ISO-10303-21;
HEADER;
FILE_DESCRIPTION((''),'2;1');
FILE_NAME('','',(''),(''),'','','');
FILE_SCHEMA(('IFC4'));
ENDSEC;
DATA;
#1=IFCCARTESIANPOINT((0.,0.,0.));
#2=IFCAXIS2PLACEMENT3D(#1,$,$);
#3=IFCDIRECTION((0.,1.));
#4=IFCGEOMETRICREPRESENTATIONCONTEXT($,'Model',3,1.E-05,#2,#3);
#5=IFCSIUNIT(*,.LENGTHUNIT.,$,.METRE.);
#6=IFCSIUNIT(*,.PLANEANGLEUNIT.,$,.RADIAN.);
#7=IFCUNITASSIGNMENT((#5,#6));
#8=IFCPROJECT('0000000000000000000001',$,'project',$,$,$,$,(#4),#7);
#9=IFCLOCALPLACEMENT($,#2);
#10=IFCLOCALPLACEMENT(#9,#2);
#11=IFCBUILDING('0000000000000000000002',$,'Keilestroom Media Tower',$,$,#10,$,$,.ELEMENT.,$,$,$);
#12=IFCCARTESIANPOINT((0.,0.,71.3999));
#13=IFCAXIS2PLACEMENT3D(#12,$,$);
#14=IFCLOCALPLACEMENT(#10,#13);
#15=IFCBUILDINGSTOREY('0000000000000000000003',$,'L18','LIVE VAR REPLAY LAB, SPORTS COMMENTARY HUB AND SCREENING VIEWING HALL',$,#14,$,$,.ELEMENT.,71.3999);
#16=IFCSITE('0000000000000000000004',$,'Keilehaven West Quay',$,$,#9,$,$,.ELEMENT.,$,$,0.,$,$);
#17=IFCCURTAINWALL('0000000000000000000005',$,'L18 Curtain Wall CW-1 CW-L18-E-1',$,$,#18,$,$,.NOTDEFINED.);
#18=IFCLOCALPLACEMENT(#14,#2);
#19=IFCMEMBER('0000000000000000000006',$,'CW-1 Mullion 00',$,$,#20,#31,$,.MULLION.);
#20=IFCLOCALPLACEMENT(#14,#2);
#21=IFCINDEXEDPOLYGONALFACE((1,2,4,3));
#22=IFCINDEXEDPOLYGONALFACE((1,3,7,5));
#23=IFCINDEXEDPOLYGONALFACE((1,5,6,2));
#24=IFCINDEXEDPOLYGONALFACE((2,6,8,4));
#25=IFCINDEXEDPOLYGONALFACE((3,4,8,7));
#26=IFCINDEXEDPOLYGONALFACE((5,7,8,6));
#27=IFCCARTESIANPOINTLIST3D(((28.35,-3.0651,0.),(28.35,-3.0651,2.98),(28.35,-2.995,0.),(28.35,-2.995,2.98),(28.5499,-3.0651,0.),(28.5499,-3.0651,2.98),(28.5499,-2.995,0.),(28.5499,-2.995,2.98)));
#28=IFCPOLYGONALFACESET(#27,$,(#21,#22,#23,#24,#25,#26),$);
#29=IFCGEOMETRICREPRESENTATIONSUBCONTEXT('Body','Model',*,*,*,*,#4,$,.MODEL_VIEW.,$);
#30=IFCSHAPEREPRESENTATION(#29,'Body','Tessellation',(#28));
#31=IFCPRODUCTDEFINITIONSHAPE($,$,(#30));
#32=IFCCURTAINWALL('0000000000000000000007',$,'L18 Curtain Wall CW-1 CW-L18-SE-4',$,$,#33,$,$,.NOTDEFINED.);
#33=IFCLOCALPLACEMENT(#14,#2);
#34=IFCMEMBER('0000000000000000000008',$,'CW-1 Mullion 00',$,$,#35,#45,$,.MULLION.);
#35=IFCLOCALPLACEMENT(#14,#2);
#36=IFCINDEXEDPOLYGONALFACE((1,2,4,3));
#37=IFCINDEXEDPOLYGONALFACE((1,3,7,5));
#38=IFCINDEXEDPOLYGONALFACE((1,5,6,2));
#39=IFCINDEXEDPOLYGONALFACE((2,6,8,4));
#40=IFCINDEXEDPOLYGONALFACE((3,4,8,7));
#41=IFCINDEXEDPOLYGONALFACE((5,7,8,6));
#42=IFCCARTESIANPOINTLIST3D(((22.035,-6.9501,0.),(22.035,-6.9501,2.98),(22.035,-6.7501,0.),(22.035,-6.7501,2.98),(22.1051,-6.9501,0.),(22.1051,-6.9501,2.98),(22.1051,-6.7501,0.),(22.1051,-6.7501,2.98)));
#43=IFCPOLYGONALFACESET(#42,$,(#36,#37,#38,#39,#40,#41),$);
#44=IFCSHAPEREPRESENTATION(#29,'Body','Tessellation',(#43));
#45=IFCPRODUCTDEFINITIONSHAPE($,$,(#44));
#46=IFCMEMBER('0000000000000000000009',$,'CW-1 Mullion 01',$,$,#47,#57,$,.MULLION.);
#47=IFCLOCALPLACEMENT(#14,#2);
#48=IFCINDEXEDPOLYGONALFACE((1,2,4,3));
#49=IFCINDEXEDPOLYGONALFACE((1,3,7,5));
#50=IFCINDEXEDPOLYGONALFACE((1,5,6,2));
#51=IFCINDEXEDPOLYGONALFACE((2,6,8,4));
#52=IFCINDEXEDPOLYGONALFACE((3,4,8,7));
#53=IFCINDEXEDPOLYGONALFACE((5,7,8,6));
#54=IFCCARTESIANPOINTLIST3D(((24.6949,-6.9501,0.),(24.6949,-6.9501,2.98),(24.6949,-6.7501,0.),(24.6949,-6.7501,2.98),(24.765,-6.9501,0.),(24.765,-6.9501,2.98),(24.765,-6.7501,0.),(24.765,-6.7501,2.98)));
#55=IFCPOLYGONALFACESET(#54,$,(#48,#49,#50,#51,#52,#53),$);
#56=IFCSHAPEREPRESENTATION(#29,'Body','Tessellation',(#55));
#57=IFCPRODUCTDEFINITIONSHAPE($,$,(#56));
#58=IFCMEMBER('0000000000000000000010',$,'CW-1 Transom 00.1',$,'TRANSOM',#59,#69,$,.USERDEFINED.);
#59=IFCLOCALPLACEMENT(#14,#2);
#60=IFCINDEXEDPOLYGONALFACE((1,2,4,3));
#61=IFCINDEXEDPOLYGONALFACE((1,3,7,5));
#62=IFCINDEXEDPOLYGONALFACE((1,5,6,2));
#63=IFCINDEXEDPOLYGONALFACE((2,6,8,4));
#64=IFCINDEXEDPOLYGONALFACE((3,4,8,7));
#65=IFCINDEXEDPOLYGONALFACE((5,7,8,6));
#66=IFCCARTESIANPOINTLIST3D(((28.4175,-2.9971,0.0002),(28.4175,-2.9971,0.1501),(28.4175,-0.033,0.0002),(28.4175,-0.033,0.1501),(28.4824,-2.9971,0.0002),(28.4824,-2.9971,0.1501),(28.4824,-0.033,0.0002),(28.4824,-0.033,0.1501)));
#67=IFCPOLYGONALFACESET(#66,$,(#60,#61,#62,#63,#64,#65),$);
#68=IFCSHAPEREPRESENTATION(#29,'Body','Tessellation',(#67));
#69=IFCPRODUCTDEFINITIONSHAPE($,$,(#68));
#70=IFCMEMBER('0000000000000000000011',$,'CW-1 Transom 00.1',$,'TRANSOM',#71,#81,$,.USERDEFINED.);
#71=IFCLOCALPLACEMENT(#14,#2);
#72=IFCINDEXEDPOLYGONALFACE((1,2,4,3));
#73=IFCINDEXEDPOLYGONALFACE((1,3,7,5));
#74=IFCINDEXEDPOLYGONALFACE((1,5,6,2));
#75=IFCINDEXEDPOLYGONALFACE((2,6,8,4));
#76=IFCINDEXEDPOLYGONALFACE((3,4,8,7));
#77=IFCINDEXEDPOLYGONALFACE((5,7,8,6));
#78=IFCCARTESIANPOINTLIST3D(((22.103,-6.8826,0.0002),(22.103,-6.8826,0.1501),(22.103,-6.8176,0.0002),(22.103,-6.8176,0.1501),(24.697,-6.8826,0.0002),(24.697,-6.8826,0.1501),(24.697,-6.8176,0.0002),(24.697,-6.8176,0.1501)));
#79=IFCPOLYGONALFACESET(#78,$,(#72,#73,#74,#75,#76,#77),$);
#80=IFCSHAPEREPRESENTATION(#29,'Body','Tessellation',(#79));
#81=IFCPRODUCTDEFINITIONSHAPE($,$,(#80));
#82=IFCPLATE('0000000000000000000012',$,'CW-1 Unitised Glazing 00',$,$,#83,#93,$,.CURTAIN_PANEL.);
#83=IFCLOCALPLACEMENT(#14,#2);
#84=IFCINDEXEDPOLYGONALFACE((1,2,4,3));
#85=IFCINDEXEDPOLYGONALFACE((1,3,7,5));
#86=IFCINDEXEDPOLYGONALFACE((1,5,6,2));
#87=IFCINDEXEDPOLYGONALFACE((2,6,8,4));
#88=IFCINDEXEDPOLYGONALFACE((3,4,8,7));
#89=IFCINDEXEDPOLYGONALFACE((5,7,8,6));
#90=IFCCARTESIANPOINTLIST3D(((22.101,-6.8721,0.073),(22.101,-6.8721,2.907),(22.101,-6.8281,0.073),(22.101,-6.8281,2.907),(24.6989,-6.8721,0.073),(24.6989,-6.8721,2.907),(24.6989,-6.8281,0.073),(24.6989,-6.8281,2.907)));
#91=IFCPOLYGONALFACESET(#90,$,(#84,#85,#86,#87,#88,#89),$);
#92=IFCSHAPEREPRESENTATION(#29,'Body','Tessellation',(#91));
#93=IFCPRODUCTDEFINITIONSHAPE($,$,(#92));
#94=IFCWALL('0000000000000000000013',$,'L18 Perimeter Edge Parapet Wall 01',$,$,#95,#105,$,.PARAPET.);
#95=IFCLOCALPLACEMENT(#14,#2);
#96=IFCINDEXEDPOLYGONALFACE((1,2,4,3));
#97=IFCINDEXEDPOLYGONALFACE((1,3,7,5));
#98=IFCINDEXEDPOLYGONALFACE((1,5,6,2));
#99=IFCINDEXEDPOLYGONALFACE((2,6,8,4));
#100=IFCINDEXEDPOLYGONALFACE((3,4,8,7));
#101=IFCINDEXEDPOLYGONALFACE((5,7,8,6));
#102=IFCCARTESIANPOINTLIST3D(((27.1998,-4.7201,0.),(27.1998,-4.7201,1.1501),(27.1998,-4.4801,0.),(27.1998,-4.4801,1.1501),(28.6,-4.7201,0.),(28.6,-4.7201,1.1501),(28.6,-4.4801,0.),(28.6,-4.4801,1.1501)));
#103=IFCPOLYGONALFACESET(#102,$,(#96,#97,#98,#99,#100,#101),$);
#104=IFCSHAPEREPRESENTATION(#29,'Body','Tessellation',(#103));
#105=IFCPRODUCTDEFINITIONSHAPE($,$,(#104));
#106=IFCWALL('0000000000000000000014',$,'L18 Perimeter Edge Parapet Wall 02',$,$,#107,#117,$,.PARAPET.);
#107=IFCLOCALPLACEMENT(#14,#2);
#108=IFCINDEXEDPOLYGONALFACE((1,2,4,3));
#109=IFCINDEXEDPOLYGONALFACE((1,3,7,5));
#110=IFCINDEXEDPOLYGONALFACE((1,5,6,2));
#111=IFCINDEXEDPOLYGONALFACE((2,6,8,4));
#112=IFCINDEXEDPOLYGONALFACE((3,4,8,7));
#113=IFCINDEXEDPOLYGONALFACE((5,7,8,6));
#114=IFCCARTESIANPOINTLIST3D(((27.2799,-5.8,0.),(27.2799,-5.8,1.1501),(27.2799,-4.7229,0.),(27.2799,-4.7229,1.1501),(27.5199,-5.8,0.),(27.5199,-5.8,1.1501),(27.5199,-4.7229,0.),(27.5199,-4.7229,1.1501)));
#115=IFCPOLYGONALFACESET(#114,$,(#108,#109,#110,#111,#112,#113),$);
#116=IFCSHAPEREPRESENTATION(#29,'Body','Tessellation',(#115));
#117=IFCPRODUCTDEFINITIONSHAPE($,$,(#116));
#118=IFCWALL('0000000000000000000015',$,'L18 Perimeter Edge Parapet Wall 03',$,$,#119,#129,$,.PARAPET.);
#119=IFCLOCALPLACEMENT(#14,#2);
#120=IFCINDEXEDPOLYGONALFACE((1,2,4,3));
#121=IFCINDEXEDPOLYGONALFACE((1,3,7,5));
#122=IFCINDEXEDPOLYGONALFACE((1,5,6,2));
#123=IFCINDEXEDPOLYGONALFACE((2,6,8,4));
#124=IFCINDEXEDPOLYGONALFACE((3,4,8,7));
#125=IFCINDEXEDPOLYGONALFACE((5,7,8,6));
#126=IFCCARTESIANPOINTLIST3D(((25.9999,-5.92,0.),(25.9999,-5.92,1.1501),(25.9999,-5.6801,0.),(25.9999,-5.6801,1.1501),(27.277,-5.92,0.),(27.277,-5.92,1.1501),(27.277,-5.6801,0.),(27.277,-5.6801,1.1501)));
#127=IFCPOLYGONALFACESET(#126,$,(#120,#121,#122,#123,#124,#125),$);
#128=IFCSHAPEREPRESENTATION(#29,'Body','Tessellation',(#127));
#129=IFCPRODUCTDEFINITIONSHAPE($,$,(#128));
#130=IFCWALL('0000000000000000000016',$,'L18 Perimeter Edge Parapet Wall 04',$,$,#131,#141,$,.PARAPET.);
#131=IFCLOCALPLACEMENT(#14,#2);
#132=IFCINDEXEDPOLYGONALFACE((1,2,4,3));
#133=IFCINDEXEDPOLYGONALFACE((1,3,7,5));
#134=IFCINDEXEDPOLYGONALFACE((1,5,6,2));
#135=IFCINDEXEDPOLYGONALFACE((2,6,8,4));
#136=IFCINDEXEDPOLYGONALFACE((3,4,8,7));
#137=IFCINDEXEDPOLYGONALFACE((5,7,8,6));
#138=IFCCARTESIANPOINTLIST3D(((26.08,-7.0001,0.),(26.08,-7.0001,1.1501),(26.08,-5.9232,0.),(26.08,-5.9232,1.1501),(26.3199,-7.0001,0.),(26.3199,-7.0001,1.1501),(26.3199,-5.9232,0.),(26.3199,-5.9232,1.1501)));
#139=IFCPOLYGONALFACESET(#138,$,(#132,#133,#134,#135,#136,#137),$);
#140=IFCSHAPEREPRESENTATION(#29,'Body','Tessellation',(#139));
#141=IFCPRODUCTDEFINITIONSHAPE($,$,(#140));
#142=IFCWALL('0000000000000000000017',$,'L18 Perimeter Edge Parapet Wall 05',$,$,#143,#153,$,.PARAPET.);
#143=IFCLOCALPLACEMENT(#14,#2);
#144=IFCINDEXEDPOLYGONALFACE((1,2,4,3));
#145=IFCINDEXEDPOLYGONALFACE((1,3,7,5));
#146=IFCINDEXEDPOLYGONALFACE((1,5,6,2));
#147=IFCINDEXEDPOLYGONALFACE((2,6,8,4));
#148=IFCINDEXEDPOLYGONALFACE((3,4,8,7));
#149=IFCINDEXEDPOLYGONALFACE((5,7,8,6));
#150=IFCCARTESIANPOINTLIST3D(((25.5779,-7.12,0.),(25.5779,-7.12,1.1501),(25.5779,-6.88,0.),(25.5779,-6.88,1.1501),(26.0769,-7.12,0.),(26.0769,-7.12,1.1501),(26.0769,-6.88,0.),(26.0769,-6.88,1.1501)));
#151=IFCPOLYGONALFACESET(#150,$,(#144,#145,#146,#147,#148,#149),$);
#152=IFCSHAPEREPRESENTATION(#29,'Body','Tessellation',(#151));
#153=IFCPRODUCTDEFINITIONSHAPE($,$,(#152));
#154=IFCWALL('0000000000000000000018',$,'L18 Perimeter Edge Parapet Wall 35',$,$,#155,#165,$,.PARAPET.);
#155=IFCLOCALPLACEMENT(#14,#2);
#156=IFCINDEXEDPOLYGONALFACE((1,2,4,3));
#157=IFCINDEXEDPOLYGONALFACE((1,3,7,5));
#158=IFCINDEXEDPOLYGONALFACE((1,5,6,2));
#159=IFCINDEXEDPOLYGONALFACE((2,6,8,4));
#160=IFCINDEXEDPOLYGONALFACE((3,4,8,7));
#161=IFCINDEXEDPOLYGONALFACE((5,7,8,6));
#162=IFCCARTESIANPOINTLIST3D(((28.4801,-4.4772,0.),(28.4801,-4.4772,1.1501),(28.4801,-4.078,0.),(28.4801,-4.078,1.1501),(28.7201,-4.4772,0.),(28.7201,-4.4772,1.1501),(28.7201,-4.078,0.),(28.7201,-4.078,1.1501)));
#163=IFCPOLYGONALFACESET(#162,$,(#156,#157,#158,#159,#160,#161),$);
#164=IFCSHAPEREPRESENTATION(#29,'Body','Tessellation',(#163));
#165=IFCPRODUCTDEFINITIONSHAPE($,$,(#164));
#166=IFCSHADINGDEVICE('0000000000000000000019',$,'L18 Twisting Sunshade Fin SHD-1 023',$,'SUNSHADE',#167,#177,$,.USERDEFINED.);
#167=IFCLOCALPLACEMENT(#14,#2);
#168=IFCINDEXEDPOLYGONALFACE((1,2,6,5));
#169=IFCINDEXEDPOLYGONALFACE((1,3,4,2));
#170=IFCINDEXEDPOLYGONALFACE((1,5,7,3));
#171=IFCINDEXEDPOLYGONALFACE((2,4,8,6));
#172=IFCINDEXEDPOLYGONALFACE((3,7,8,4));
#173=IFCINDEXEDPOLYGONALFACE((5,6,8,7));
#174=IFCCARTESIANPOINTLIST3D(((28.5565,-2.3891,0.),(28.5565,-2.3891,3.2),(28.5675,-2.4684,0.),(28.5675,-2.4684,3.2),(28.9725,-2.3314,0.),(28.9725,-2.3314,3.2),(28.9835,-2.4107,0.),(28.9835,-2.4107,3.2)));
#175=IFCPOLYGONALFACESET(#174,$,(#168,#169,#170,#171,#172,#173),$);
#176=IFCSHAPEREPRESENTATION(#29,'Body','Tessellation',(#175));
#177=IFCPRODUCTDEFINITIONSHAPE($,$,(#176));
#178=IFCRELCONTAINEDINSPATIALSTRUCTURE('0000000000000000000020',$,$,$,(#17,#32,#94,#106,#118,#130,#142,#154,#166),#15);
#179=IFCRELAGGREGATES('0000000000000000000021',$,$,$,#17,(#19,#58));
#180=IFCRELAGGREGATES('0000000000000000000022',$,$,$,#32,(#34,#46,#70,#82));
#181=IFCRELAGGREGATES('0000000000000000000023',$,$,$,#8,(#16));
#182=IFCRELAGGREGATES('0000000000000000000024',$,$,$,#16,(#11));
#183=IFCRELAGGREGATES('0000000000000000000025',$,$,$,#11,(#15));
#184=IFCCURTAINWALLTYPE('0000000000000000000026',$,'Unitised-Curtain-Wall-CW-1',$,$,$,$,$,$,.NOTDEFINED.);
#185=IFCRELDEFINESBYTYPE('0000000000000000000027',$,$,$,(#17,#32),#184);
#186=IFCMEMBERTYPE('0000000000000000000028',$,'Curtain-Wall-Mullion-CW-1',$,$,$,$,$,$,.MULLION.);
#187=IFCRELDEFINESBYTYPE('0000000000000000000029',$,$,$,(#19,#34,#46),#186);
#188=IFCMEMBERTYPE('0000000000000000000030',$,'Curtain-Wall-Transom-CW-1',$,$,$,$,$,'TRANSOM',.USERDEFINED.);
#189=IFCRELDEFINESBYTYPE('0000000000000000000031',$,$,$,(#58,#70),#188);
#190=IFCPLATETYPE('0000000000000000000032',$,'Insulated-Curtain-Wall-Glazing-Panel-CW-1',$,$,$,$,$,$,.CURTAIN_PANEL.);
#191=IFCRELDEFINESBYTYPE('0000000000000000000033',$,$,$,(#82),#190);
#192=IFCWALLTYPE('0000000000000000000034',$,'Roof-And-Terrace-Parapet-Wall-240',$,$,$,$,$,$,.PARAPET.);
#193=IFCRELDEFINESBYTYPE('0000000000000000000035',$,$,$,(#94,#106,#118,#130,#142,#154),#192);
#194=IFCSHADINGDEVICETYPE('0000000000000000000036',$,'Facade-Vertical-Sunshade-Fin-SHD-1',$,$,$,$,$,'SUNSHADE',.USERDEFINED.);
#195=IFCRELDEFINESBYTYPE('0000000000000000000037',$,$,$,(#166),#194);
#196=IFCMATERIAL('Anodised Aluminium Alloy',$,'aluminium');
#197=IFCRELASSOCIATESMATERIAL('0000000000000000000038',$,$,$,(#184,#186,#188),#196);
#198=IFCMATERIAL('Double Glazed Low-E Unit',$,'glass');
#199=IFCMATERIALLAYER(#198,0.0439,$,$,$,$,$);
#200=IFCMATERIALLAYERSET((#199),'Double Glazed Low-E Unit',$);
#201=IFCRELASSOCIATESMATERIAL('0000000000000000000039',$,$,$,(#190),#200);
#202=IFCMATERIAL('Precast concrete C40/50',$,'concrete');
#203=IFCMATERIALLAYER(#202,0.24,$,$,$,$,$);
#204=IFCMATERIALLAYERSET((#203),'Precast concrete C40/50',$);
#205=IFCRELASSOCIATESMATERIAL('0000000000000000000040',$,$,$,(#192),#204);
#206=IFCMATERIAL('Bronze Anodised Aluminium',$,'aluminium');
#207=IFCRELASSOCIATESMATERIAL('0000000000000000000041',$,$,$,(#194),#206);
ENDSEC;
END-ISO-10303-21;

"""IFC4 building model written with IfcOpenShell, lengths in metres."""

from ifc_helpers import new_model, si_unit, direction, frame, frame_2d, origin, origin_2d, place, context, subcontext, project, spatial, rectangle, extrude, source, transform, mapped, material, layer, layer_set, material_profile, profile_set, type_object, element, aggregate, save


model = new_model("IFC4")

# Units and contexts
model_context = context("Model", 3, precision=1e-05, world=origin(), true_north=direction((0.0, 1.0)))
body_context = subcontext(model_context, "Body", "Model", "MODEL_VIEW")
ifc_project = project(units=[si_unit("LENGTHUNIT", "METRE"), si_unit("PLANEANGLEUNIT", "RADIAN")], contexts=[model_context])

# Site, building, storey
site_placement = place(None, origin())
site = spatial("IfcSite", under=ifc_project, at=site_placement, Name="Keilehaven West Quay", CompositionType="ELEMENT", RefElevation=0.0)
building_placement = place(site_placement, origin())
building = spatial("IfcBuilding", under=site, at=building_placement, Name="Keilestroom Media Tower", CompositionType="ELEMENT")
storey_placement = place(building_placement, frame((0.0, 0.0, 71.3999)))
storey = spatial("IfcBuildingStorey", under=building, at=storey_placement, Name="L18", Description="LIVE VAR REPLAY LAB, SPORTS COMMENTARY HUB AND SCREENING VIEWING HALL", CompositionType="ELEMENT", Elevation=71.3999)

# Shared definitions
ifc_material_1 = material(Name="Precast concrete C40/50", Category="concrete")

# Curtain wall, member
ifc_material_2 = material(Name="Anodised Aluminium Alloy", Category="aluminium")
curtain_wall_type = type_object("IfcCurtainWallType", Name="Unitised-Curtain-Wall-CW-1", PredefinedType="NOTDEFINED", material=ifc_material_2)
curtain_wall_1_placement = place(storey_placement, origin())
curtain_wall_1 = element("IfcCurtainWall", 1, at=curtain_wall_1_placement, inside=storey, type_object=curtain_wall_type, Name="L18 Curtain Wall CW-1 CW-L18-E-1", PredefinedType="NOTDEFINED")
ifc_material_profile_1 = material_profile(ifc_material_2, rectangle(XDim=0.0701, YDim=0.2, at=origin_2d()), Name="ALU MULLION 70x200")
ifc_profile_set_1 = profile_set([ifc_material_profile_1], Name="Anodised Aluminium Alloy")
member_type_1 = type_object("IfcMemberType", Name="Curtain-Wall-Mullion-CW-1", PredefinedType="MULLION", material=ifc_profile_set_1)
shared_shape_1 = source(origin(), body_context, "Body", "SweptSolid", [
    extrude(rectangle(XDim=0.0701, YDim=0.2, at=origin_2d()), origin(), (0.0, 0.0, 1.0), 2.98),
])
member_1_placement = place(storey_placement, frame((28.45, -3.03, 0.0), z_axis=(0.0, 0.0, 1.0), x_axis=(0.0, 1.0, 0.0)))
member_1 = element("IfcMember", 2, at=member_1_placement, type_object=member_type_1, Name="CW-1 Mullion 00", PredefinedType="MULLION", context=body_context, shape_type="MappedRepresentation", body=[
    mapped(shared_shape_1, transform((0.0, 0.0, 0.0), x_axis=(1.0, 0.0, 0.0), y_axis=(0.0, 1.0, 0.0), z_axis=(0.0, 0.0, 1.0), scale=1.0)),
])

# Curtain wall, members
curtain_wall_2_placement = place(storey_placement, origin())
curtain_wall_2 = element("IfcCurtainWall", 3, at=curtain_wall_2_placement, inside=storey, type_object=curtain_wall_type, Name="L18 Curtain Wall CW-1 CW-L18-SE-4", PredefinedType="NOTDEFINED")
member_2_placement = place(storey_placement, frame((22.0701, -6.8501, 0.0), z_axis=(0.0, 0.0, 1.0), x_axis=(1.0, 0.0, 0.0)))
member_2 = element("IfcMember", 4, at=member_2_placement, type_object=member_type_1, Name="CW-1 Mullion 00", PredefinedType="MULLION", context=body_context, shape_type="MappedRepresentation", body=[
    mapped(shared_shape_1, transform((0.0, 0.0, 0.0), x_axis=(1.0, 0.0, 0.0), y_axis=(0.0, 1.0, 0.0), z_axis=(0.0, 0.0, 1.0), scale=1.0)),
])
member_3_placement = place(storey_placement, frame((24.73, -6.8501, 0.0), z_axis=(0.0, 0.0, 1.0), x_axis=(1.0, 0.0, 0.0)))
member_3 = element("IfcMember", 5, at=member_3_placement, type_object=member_type_1, Name="CW-1 Mullion 01", PredefinedType="MULLION", context=body_context, shape_type="MappedRepresentation", body=[
    mapped(shared_shape_1, transform((0.0, 0.0, 0.0), x_axis=(1.0, 0.0, 0.0), y_axis=(0.0, 1.0, 0.0), z_axis=(0.0, 0.0, 1.0), scale=1.0)),
])

# Members
ifc_material_profile_2 = material_profile(ifc_material_2, rectangle(XDim=0.0649, YDim=0.1499, at=origin_2d()), Name="ALU TRANSOM 65x150")
ifc_profile_set_2 = profile_set([ifc_material_profile_2], Name="Anodised Aluminium Alloy")
member_type_2 = type_object("IfcMemberType", Name="Curtain-Wall-Transom-CW-1", ElementType="TRANSOM", PredefinedType="USERDEFINED", material=ifc_profile_set_2)
shared_shape_2 = source(origin(), body_context, "Body", "SweptSolid", [
    extrude(rectangle(XDim=0.0649, YDim=0.1499, at=origin_2d()), origin(), (0.0, 0.0, 1.0), 2.9641),
])
member_4_placement = place(storey_placement, frame((28.45, -2.9971, 0.0752), z_axis=(0.0, 1.0, 0.0), x_axis=(-1.0, 0.0, 0.0)))
member_4 = element("IfcMember", 6, at=member_4_placement, type_object=member_type_2, Name="CW-1 Transom 00.1", ObjectType="TRANSOM", PredefinedType="USERDEFINED", context=body_context, shape_type="MappedRepresentation", body=[
    mapped(shared_shape_2, transform((0.0, 0.0, 0.0), x_axis=(1.0, 0.0, 0.0), y_axis=(0.0, 1.0, 0.0), z_axis=(0.0, 0.0, 1.0), scale=1.0)),
])
aggregate(curtain_wall_1, [member_1, member_4])
shared_shape_3 = source(origin(), body_context, "Body", "SweptSolid", [
    extrude(rectangle(XDim=0.0649, YDim=0.1499, at=origin_2d()), origin(), (0.0, 0.0, 1.0), 2.594),
])
member_5_placement = place(storey_placement, frame((22.103, -6.8501, 0.0752), z_axis=(1.0, 0.0, 0.0), x_axis=(0.0, 1.0, 0.0)))
member_5 = element("IfcMember", 7, at=member_5_placement, type_object=member_type_2, Name="CW-1 Transom 00.1", ObjectType="TRANSOM", PredefinedType="USERDEFINED", context=body_context, shape_type="MappedRepresentation", body=[
    mapped(shared_shape_3, transform((0.0, 0.0, 0.0), x_axis=(1.0, 0.0, 0.0), y_axis=(0.0, 1.0, 0.0), z_axis=(0.0, 0.0, 1.0), scale=1.0)),
])

# Plate
ifc_material_3 = material(Name="Double Glazed Low-E Unit", Category="glass")
ifc_layer_1 = layer(ifc_material_3, 0.0439)
ifc_layer_set_1 = layer_set([ifc_layer_1], Name="Double Glazed Low-E Unit")
plate_type = type_object("IfcPlateType", Name="Insulated-Curtain-Wall-Glazing-Panel-CW-1", PredefinedType="CURTAIN_PANEL", material=ifc_layer_set_1)
shared_shape_4 = source(origin(), body_context, "Body", "SweptSolid", [
    extrude(rectangle(XDim=2.5979, YDim=0.0439, at=origin_2d()), origin(), (0.0, 0.0, 1.0), 2.834),
])
plate_placement = place(storey_placement, frame((23.3999, -6.8501, 0.073), z_axis=(0.0, 0.0, 1.0), x_axis=(1.0, 0.0, 0.0)))
plate = element("IfcPlate", 8, at=plate_placement, type_object=plate_type, Name="CW-1 Unitised Glazing 00", PredefinedType="CURTAIN_PANEL", context=body_context, shape_type="MappedRepresentation", body=[
    mapped(shared_shape_4, transform((0.0, 0.0, 0.0), x_axis=(1.0, 0.0, 0.0), y_axis=(0.0, 1.0, 0.0), z_axis=(0.0, 0.0, 1.0), scale=1.0)),
])
aggregate(curtain_wall_2, [member_2, member_3, member_5, plate])

# Walls
ifc_layer_2 = layer(ifc_material_1, 0.24)
ifc_layer_set_2 = layer_set([ifc_layer_2], Name="Precast concrete C40/50")
wall_type = type_object("IfcWallType", Name="Roof-And-Terrace-Parapet-Wall-240", PredefinedType="PARAPET", material=ifc_layer_set_2)
wall_1_placement = place(storey_placement, frame((28.6001, -4.6001, 0.0), z_axis=(0.0, 0.0, 1.0), x_axis=(-1.0, 0.0, 0.0)))
element("IfcWall", 9, at=wall_1_placement, inside=storey, type_object=wall_type, Name="L18 Perimeter Edge Parapet Wall 01", PredefinedType="PARAPET", context=body_context, shape_type="SweptSolid", body=[
    extrude(rectangle(XDim=1.4001, YDim=0.24, at=frame_2d((0.7002, 0.0))), origin(), (0.0, 0.0, 1.0), 1.1501),
])
wall_2_placement = place(storey_placement, frame((27.3999, -4.7229, 0.0), z_axis=(0.0, 0.0, 1.0), x_axis=(0.0, -1.0, 0.0)))
element("IfcWall", 10, at=wall_2_placement, inside=storey, type_object=wall_type, Name="L18 Perimeter Edge Parapet Wall 02", PredefinedType="PARAPET", context=body_context, shape_type="SweptSolid", body=[
    extrude(rectangle(XDim=1.0771, YDim=0.24, at=frame_2d((0.5386, 0.0))), origin(), (0.0, 0.0, 1.0), 1.1501),
])
wall_3_placement = place(storey_placement, frame((27.2771, -5.8, 0.0), z_axis=(0.0, 0.0, 1.0), x_axis=(-1.0, 0.0, 0.0)))
element("IfcWall", 11, at=wall_3_placement, inside=storey, type_object=wall_type, Name="L18 Perimeter Edge Parapet Wall 03", PredefinedType="PARAPET", context=body_context, shape_type="SweptSolid", body=[
    extrude(rectangle(XDim=1.2771, YDim=0.24, at=frame_2d((0.6387, 0.0))), origin(), (0.0, 0.0, 1.0), 1.1501),
])
wall_4_placement = place(storey_placement, frame((26.2, -5.9231, 0.0), z_axis=(0.0, 0.0, 1.0), x_axis=(0.0, -1.0, 0.0)))
element("IfcWall", 12, at=wall_4_placement, inside=storey, type_object=wall_type, Name="L18 Perimeter Edge Parapet Wall 04", PredefinedType="PARAPET", context=body_context, shape_type="SweptSolid", body=[
    extrude(rectangle(XDim=1.0769, YDim=0.24, at=frame_2d((0.5386, 0.0))), origin(), (0.0, 0.0, 1.0), 1.1501),
])
wall_5_placement = place(storey_placement, frame((26.0769, -7.0, 0.0), z_axis=(0.0, 0.0, 1.0), x_axis=(-1.0, 0.0, 0.0)))
element("IfcWall", 13, at=wall_5_placement, inside=storey, type_object=wall_type, Name="L18 Perimeter Edge Parapet Wall 05", PredefinedType="PARAPET", context=body_context, shape_type="SweptSolid", body=[
    extrude(rectangle(XDim=0.499, YDim=0.24, at=frame_2d((0.2495, 0.0))), origin(), (0.0, 0.0, 1.0), 1.1501),
])
wall_6_placement = place(storey_placement, frame((28.6001, -4.0779, 0.0), z_axis=(0.0, 0.0, 1.0), x_axis=(0.0, -1.0, 0.0)))
element("IfcWall", 14, at=wall_6_placement, inside=storey, type_object=wall_type, Name="L18 Perimeter Edge Parapet Wall 35", PredefinedType="PARAPET", context=body_context, shape_type="SweptSolid", body=[
    extrude(rectangle(XDim=0.3992, YDim=0.24, at=frame_2d((0.1997, 0.0))), origin(), (0.0, 0.0, 1.0), 1.1501),
])

# Shading device
ifc_material_4 = material(Name="Bronze Anodised Aluminium", Category="aluminium")
shading_device_type = type_object("IfcShadingDeviceType", Name="Facade-Vertical-Sunshade-Fin-SHD-1", ElementType="SUNSHADE", PredefinedType="USERDEFINED", material=ifc_material_4)
shared_shape_5 = source(origin(), body_context, "Body", "SweptSolid", [
    extrude(rectangle(XDim=0.4199, YDim=0.0801, at=origin_2d()), origin(), (0.0, 0.0, 1.0), 3.2),
])
shading_device_placement = place(storey_placement, frame((28.77, -2.3999, 0.0), z_axis=(0.0, 0.0, 1.0), x_axis=(0.990533, 0.137272, 0.0)))
element("IfcShadingDevice", 15, at=shading_device_placement, inside=storey, type_object=shading_device_type, Name="L18 Twisting Sunshade Fin SHD-1 023", ObjectType="SUNSHADE", PredefinedType="USERDEFINED", context=body_context, shape_type="MappedRepresentation", body=[
    mapped(shared_shape_5, transform((0.0, 0.0, 0.0), x_axis=(1.0, 0.0, 0.0), y_axis=(0.0, 1.0, 0.0), z_axis=(0.0, 0.0, 1.0), scale=1.0)),
])

save(model, "model.ifc")
